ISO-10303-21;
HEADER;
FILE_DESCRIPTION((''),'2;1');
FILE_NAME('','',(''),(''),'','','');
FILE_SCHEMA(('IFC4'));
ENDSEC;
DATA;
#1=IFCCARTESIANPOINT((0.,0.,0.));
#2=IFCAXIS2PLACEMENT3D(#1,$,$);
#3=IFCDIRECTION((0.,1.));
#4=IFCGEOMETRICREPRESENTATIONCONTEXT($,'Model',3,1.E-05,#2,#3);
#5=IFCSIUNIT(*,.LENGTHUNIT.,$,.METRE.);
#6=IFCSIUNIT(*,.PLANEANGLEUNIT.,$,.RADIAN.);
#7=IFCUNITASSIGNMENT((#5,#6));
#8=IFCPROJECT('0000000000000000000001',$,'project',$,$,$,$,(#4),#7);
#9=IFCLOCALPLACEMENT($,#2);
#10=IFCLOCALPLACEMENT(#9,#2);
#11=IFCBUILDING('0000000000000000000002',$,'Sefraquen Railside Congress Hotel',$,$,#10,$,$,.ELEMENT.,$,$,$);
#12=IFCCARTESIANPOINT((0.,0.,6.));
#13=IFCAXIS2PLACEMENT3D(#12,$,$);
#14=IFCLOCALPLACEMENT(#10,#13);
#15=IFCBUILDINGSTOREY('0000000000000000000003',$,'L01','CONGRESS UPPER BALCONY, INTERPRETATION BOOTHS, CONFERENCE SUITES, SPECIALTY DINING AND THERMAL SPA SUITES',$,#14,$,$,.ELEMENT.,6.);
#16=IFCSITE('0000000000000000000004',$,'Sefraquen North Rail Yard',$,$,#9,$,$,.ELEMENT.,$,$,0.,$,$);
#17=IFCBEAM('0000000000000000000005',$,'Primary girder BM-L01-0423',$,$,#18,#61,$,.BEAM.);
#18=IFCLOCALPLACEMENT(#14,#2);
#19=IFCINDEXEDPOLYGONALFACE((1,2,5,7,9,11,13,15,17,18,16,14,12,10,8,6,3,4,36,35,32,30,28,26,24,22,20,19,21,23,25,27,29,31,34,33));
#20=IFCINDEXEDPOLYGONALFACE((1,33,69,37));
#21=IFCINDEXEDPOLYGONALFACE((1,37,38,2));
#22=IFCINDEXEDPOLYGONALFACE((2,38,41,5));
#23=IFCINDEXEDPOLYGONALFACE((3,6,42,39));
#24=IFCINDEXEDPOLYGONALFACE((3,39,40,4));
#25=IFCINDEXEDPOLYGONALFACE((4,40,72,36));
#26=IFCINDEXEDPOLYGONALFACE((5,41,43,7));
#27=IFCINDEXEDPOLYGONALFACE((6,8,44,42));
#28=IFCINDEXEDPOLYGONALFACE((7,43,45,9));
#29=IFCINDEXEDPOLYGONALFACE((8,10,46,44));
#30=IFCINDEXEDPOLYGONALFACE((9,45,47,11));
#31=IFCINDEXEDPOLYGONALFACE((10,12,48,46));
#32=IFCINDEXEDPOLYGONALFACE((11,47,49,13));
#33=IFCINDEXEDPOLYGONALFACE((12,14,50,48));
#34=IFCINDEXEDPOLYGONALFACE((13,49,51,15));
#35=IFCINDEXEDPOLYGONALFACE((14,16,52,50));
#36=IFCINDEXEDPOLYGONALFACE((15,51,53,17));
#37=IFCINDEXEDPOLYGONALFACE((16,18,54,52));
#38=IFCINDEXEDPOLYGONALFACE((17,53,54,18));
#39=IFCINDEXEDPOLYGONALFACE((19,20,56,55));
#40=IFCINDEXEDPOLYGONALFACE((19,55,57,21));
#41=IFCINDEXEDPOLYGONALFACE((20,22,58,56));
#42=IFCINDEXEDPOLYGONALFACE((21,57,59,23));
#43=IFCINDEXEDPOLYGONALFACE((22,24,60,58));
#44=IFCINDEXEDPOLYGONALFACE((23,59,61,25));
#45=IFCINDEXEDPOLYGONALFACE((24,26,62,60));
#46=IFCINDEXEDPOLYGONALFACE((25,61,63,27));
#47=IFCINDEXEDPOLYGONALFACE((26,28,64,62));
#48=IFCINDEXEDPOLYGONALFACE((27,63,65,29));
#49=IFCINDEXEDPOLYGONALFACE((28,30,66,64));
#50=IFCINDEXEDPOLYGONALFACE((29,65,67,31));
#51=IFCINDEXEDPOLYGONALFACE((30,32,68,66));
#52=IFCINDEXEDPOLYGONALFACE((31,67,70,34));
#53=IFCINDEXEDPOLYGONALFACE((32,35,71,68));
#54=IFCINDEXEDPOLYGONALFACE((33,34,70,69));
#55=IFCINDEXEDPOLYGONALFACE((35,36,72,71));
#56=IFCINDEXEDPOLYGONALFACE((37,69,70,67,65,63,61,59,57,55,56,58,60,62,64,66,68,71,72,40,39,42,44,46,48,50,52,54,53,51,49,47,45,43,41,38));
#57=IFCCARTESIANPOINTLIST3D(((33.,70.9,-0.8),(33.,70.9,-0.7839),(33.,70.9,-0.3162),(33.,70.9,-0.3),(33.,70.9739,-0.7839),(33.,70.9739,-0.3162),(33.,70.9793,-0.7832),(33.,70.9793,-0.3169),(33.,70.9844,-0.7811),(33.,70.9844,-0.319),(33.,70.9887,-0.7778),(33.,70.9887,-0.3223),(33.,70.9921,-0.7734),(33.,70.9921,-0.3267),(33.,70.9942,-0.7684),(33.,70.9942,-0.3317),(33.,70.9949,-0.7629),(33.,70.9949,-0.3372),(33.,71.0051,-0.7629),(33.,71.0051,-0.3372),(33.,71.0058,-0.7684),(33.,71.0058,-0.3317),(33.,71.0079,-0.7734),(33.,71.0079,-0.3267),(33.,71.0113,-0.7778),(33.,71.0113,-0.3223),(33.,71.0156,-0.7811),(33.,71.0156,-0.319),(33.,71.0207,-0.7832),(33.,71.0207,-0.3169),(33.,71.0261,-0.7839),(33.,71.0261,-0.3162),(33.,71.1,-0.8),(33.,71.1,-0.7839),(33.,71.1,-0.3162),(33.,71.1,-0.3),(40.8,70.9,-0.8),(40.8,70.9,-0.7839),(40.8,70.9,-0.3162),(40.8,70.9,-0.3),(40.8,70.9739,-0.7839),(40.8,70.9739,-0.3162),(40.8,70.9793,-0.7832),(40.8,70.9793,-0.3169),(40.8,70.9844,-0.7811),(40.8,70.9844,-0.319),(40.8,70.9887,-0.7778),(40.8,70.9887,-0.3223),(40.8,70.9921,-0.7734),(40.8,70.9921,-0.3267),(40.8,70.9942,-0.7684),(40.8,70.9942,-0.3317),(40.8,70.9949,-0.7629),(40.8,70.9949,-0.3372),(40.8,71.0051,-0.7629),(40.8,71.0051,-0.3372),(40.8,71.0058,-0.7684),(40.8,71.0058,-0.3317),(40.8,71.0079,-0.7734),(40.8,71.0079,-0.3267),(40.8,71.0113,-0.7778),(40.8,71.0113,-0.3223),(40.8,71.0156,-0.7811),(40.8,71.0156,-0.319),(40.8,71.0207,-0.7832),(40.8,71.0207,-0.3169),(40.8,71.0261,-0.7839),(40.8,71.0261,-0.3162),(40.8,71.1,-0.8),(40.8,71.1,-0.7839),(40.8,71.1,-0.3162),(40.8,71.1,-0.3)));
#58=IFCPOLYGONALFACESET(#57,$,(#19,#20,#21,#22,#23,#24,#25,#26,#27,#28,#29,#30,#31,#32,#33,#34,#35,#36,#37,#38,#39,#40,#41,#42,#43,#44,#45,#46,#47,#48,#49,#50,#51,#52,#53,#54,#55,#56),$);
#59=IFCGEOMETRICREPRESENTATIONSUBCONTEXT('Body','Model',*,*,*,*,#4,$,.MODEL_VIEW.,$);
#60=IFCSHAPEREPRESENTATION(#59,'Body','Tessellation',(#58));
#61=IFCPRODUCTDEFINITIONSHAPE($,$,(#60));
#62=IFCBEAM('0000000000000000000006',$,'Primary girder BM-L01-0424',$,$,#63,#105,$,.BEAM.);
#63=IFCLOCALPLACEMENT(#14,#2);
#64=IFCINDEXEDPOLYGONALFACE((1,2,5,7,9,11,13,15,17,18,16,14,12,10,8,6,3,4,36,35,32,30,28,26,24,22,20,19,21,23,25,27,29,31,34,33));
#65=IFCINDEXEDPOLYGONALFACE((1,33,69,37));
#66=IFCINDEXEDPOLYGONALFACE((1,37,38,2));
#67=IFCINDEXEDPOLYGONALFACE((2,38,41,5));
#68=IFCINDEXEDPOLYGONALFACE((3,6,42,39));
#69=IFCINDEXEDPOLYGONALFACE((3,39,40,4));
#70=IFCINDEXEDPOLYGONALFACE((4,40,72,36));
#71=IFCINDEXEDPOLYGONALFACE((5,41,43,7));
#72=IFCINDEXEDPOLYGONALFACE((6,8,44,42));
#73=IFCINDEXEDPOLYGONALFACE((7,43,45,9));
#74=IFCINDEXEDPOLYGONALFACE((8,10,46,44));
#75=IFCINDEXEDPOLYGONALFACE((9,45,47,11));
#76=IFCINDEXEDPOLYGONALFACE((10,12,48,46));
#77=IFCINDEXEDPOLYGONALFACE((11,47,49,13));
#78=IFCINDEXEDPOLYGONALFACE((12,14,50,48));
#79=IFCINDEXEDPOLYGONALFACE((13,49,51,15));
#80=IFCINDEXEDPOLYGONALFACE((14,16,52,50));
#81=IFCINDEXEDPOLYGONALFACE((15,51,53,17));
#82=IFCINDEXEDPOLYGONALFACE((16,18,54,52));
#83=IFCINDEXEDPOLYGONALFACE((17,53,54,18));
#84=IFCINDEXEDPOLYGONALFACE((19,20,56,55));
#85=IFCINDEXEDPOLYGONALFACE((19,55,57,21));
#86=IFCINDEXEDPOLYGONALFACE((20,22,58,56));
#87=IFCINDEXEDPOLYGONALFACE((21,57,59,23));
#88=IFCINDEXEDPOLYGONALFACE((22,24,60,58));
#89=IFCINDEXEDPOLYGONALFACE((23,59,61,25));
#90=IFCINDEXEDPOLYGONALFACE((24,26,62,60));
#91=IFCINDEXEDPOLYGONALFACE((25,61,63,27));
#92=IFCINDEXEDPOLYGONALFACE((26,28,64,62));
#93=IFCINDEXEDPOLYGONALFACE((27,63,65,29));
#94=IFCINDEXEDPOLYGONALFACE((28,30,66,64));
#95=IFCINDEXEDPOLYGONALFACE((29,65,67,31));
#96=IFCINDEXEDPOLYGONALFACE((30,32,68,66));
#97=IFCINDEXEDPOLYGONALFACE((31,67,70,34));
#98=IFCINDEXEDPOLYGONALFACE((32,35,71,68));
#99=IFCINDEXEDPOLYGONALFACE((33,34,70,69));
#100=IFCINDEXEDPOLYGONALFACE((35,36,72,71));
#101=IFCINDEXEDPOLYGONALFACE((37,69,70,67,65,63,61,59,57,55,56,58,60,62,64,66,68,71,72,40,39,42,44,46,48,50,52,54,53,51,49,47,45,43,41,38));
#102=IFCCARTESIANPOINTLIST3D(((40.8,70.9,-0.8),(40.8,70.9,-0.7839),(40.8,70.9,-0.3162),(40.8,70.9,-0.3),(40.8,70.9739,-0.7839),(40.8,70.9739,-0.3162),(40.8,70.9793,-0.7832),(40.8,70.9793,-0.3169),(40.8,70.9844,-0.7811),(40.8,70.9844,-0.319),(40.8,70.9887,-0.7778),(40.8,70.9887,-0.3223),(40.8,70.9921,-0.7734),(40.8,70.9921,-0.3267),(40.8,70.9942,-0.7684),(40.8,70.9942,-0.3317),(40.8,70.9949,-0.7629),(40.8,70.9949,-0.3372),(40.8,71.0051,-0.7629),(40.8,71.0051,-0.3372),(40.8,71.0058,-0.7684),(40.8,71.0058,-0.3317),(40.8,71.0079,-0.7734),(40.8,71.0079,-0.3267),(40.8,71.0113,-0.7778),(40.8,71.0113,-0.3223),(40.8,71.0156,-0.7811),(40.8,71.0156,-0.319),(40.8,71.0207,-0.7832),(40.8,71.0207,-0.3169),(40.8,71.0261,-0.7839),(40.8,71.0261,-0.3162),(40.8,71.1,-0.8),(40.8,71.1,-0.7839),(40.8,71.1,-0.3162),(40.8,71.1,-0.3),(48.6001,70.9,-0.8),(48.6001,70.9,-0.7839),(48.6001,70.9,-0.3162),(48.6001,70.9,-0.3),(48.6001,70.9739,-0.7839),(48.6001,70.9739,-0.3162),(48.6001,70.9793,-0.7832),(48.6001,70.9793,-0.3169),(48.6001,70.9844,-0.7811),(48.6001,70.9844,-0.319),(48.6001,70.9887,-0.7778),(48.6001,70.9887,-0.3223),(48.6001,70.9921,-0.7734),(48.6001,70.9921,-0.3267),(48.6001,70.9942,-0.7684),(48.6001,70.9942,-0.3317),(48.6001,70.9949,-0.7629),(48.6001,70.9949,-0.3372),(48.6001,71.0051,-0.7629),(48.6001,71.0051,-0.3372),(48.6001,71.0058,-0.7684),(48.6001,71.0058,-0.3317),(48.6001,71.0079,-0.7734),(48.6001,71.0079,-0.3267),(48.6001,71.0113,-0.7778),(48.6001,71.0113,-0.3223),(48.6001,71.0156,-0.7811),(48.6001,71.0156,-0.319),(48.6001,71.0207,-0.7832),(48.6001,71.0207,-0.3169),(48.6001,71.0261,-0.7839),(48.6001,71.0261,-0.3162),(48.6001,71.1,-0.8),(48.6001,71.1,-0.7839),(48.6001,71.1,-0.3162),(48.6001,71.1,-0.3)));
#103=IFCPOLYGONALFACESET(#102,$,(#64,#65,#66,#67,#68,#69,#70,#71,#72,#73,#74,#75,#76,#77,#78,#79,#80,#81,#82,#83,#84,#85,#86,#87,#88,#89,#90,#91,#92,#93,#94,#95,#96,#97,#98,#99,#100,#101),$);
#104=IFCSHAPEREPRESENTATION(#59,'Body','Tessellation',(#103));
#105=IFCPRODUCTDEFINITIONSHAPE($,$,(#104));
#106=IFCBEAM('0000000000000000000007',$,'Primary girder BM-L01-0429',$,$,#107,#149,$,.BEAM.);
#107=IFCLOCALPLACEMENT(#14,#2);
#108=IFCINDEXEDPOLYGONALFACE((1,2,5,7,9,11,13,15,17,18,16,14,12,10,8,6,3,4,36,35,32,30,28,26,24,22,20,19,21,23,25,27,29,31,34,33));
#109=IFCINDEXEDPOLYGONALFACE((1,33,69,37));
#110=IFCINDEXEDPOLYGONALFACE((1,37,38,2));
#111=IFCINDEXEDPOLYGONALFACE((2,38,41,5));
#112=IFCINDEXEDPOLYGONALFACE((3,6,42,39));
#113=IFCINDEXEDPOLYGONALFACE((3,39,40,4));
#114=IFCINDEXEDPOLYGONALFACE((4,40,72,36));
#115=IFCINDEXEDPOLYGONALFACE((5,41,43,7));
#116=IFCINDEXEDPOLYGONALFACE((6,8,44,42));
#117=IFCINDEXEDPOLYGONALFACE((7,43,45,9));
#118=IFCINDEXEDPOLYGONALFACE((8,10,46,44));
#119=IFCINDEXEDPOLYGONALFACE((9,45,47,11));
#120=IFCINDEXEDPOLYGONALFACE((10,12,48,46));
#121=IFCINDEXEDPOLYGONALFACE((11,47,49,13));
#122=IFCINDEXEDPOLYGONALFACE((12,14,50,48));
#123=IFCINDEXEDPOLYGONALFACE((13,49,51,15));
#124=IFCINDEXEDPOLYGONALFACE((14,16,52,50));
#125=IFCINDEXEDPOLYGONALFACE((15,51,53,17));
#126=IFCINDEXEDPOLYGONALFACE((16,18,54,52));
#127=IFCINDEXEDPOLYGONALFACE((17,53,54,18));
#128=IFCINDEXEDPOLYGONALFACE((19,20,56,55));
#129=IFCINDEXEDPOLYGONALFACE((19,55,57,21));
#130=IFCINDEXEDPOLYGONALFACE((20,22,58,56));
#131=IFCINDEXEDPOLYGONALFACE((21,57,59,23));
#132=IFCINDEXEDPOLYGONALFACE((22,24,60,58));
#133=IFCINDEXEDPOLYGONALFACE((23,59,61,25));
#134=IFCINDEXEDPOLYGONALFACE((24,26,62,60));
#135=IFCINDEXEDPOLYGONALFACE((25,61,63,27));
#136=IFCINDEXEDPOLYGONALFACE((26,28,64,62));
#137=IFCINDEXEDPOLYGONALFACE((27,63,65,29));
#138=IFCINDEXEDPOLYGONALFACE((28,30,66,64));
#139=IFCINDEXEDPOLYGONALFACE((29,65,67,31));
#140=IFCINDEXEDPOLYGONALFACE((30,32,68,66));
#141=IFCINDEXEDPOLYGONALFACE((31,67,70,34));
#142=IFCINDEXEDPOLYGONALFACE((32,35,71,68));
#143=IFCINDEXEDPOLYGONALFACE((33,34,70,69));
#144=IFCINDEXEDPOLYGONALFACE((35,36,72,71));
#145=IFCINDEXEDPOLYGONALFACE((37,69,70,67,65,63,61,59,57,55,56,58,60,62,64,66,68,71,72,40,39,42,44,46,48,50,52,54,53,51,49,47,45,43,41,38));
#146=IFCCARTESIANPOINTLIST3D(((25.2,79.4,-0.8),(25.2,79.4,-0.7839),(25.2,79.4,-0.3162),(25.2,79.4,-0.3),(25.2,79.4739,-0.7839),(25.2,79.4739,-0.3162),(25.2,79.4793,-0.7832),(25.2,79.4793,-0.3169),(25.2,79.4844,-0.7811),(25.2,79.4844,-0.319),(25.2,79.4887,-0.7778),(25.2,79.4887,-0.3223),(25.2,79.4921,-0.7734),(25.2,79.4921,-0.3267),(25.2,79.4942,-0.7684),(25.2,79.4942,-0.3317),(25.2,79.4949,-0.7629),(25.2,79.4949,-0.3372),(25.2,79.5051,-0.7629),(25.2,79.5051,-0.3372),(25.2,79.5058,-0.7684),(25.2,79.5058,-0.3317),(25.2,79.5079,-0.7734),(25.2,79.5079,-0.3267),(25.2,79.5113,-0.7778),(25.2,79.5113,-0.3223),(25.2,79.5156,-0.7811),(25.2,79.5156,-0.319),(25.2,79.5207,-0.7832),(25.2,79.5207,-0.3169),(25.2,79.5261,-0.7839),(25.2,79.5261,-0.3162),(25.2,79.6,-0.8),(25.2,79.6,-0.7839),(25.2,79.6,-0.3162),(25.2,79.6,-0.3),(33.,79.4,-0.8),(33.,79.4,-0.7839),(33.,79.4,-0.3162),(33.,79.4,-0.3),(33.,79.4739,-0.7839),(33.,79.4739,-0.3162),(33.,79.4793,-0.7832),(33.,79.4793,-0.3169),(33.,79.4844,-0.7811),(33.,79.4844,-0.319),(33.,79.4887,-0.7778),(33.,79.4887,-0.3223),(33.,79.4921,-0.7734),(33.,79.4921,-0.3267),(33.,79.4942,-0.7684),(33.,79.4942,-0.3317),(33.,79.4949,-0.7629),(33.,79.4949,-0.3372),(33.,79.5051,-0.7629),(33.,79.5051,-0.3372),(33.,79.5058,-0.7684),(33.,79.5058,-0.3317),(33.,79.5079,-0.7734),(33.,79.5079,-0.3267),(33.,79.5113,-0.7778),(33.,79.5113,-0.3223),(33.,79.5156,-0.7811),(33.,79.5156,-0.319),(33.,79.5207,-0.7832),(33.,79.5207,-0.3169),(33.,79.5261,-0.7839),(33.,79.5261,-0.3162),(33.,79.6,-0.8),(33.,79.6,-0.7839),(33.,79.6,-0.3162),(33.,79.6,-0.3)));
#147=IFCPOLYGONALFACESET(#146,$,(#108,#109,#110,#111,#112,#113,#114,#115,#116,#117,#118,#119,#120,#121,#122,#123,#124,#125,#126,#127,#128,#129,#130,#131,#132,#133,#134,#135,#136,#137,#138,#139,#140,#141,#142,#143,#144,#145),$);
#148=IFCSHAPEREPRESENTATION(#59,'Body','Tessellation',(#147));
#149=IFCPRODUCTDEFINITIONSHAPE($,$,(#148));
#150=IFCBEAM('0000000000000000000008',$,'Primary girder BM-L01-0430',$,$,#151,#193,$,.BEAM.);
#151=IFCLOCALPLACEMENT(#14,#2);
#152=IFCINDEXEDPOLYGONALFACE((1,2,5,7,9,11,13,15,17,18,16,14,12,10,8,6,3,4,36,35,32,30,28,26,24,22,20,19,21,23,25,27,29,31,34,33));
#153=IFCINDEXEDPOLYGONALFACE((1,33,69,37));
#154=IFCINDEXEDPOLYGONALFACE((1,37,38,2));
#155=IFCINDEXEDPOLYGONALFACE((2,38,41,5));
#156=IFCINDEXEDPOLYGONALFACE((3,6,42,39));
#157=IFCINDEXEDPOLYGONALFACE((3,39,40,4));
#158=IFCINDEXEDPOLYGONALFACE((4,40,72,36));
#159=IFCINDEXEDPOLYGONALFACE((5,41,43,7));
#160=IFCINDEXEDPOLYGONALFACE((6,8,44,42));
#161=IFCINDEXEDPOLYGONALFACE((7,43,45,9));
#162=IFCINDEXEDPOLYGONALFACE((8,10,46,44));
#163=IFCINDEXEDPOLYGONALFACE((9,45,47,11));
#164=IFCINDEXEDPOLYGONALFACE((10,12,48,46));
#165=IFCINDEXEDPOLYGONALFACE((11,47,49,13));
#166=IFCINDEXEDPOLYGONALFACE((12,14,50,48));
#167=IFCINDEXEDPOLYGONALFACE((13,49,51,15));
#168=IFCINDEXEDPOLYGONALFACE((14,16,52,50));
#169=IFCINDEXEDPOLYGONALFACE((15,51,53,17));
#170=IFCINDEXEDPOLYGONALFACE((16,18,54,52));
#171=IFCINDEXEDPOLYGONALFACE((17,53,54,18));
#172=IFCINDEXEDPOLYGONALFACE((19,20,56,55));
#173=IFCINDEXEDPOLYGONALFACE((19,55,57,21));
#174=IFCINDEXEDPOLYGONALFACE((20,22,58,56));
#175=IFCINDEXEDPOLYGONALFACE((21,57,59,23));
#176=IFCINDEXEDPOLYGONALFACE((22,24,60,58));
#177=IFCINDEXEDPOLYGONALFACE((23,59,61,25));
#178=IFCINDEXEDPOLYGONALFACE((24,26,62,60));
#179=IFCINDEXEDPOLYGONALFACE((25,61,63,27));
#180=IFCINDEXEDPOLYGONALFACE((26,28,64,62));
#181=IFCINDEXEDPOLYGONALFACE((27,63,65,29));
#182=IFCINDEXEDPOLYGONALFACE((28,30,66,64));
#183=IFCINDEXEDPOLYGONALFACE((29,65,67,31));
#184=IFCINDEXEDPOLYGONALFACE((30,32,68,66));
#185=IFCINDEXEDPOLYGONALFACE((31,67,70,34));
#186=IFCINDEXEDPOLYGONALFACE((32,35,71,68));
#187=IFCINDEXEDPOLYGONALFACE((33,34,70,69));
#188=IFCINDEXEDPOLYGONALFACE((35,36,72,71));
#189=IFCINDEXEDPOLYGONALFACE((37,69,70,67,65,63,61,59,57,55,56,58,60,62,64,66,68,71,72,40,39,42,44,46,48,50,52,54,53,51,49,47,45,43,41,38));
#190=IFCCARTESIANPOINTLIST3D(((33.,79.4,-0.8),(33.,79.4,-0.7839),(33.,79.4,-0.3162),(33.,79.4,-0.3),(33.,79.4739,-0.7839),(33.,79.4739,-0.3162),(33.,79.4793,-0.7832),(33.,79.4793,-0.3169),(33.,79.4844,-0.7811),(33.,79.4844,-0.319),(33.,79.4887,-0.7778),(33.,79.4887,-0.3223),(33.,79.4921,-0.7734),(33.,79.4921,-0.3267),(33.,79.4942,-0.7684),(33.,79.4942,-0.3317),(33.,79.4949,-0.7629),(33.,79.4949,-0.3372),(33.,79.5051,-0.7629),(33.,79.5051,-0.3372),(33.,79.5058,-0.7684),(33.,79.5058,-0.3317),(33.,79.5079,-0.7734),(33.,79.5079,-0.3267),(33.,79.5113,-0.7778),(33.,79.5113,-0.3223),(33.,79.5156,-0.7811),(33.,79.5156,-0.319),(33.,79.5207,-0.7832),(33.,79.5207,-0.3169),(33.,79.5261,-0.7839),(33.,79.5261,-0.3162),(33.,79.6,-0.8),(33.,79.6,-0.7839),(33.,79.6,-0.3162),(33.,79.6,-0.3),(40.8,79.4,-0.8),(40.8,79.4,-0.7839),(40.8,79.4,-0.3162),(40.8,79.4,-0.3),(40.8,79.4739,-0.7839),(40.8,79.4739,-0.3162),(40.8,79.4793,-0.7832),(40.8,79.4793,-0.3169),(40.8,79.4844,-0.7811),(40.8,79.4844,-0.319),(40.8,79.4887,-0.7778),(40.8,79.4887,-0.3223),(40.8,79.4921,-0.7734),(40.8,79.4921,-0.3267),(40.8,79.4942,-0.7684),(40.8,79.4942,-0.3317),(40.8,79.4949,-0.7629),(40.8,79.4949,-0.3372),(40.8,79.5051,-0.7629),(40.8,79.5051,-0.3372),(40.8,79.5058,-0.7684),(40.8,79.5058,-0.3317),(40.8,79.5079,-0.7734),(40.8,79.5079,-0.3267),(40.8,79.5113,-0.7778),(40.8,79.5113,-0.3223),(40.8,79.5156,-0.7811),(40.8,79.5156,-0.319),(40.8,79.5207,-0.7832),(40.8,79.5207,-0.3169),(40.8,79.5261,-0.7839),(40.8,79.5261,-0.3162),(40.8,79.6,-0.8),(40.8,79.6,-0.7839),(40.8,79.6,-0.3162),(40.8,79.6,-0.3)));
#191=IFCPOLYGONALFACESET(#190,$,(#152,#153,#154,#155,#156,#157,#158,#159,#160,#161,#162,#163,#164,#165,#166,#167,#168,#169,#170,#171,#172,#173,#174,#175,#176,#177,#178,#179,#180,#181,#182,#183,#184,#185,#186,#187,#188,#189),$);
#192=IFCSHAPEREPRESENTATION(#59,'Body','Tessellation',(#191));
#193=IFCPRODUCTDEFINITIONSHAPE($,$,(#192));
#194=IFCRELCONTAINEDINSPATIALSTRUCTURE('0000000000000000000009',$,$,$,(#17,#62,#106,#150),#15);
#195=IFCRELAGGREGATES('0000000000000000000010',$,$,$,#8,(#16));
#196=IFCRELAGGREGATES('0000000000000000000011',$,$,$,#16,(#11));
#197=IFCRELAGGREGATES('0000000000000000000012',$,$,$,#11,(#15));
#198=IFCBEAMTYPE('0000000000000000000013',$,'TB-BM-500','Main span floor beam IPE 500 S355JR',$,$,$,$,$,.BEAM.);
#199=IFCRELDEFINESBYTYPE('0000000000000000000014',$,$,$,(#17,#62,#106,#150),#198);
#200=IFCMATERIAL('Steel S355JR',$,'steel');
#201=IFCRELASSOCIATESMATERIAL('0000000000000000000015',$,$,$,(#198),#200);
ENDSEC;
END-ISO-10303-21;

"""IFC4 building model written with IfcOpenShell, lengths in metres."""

from ifc_helpers import new_model, si_unit, direction, frame, origin, origin_2d, place, context, subcontext, project, spatial, i_section, extrude, material, material_profile, profile_set, type_object, element, save


model = new_model("IFC4")

# Units and contexts
model_context = context("Model", 3, precision=1e-05, world=origin(), true_north=direction((0.0, 1.0)))
body_context = subcontext(model_context, "Body", "Model", "MODEL_VIEW")
ifc_project = project(units=[si_unit("LENGTHUNIT", "METRE"), si_unit("PLANEANGLEUNIT", "RADIAN")], contexts=[model_context])

# Site, building, storey
site_placement = place(None, origin())
site = spatial("IfcSite", under=ifc_project, at=site_placement, Name="Sefraquen North Rail Yard", CompositionType="ELEMENT", RefElevation=0.0)
building_placement = place(site_placement, origin())
building = spatial("IfcBuilding", under=site, at=building_placement, Name="Sefraquen Railside Congress Hotel", CompositionType="ELEMENT")
storey_placement = place(building_placement, frame((0.0, 0.0, 6.0)))
storey = spatial("IfcBuildingStorey", under=building, at=storey_placement, Name="L01", Description="CONGRESS UPPER BALCONY, INTERPRETATION BOOTHS, CONFERENCE SUITES, SPECIALTY DINING AND THERMAL SPA SUITES", CompositionType="ELEMENT", Elevation=6.0)

# Shared definitions
ifc_material_1 = material(Name="Steel S355JR", Category="steel")

# Beams
ifc_material_profile_1 = material_profile(ifc_material_1, i_section(OverallWidth=0.2, OverallDepth=0.5, WebThickness=0.0103, FlangeThickness=0.0161, FilletRadius=0.021, at=origin_2d()), Name="IPE 500")
ifc_profile_set_1 = profile_set([ifc_material_profile_1], Name="Steel S355JR")
beam_type_1 = type_object("IfcBeamType", Name="TB-BM-500", Description="Main span floor beam IPE 500 S355JR", PredefinedType="BEAM", material=ifc_profile_set_1)
for number, where, z_axis, x_axis, name in (
    (1, (33.0, 71.0, -0.55), (1.0, 0.0, 0.0), (0.0, 1.0, 0.0), "Primary girder BM-L01-0423"),
    (2, (40.8, 71.0, -0.55), (1.0, 0.0, 0.0), (0.0, 1.0, 0.0), "Primary girder BM-L01-0424"),
    (3, (25.2, 79.5, -0.55), (1.0, 0.0, 0.0), (0.0, 1.0, 0.0), "Primary girder BM-L01-0429"),
    (4, (33.0, 79.5, -0.55), (1.0, 0.0, 0.0), (0.0, 1.0, 0.0), "Primary girder BM-L01-0430"),
):
    element("IfcBeam", number, at=place(storey_placement, frame(where, z_axis=z_axis, x_axis=x_axis)), inside=storey, type_object=beam_type_1, Name=name, PredefinedType="BEAM", context=body_context, shape_type="SweptSolid", body=[
        extrude(i_section(OverallWidth=0.2, OverallDepth=0.5, WebThickness=0.0103, FlangeThickness=0.0161, FilletRadius=0.021, at=origin_2d()), origin(), (0.0, 0.0, 1.0), 7.8),
    ])

save(model, "model.ifc")
